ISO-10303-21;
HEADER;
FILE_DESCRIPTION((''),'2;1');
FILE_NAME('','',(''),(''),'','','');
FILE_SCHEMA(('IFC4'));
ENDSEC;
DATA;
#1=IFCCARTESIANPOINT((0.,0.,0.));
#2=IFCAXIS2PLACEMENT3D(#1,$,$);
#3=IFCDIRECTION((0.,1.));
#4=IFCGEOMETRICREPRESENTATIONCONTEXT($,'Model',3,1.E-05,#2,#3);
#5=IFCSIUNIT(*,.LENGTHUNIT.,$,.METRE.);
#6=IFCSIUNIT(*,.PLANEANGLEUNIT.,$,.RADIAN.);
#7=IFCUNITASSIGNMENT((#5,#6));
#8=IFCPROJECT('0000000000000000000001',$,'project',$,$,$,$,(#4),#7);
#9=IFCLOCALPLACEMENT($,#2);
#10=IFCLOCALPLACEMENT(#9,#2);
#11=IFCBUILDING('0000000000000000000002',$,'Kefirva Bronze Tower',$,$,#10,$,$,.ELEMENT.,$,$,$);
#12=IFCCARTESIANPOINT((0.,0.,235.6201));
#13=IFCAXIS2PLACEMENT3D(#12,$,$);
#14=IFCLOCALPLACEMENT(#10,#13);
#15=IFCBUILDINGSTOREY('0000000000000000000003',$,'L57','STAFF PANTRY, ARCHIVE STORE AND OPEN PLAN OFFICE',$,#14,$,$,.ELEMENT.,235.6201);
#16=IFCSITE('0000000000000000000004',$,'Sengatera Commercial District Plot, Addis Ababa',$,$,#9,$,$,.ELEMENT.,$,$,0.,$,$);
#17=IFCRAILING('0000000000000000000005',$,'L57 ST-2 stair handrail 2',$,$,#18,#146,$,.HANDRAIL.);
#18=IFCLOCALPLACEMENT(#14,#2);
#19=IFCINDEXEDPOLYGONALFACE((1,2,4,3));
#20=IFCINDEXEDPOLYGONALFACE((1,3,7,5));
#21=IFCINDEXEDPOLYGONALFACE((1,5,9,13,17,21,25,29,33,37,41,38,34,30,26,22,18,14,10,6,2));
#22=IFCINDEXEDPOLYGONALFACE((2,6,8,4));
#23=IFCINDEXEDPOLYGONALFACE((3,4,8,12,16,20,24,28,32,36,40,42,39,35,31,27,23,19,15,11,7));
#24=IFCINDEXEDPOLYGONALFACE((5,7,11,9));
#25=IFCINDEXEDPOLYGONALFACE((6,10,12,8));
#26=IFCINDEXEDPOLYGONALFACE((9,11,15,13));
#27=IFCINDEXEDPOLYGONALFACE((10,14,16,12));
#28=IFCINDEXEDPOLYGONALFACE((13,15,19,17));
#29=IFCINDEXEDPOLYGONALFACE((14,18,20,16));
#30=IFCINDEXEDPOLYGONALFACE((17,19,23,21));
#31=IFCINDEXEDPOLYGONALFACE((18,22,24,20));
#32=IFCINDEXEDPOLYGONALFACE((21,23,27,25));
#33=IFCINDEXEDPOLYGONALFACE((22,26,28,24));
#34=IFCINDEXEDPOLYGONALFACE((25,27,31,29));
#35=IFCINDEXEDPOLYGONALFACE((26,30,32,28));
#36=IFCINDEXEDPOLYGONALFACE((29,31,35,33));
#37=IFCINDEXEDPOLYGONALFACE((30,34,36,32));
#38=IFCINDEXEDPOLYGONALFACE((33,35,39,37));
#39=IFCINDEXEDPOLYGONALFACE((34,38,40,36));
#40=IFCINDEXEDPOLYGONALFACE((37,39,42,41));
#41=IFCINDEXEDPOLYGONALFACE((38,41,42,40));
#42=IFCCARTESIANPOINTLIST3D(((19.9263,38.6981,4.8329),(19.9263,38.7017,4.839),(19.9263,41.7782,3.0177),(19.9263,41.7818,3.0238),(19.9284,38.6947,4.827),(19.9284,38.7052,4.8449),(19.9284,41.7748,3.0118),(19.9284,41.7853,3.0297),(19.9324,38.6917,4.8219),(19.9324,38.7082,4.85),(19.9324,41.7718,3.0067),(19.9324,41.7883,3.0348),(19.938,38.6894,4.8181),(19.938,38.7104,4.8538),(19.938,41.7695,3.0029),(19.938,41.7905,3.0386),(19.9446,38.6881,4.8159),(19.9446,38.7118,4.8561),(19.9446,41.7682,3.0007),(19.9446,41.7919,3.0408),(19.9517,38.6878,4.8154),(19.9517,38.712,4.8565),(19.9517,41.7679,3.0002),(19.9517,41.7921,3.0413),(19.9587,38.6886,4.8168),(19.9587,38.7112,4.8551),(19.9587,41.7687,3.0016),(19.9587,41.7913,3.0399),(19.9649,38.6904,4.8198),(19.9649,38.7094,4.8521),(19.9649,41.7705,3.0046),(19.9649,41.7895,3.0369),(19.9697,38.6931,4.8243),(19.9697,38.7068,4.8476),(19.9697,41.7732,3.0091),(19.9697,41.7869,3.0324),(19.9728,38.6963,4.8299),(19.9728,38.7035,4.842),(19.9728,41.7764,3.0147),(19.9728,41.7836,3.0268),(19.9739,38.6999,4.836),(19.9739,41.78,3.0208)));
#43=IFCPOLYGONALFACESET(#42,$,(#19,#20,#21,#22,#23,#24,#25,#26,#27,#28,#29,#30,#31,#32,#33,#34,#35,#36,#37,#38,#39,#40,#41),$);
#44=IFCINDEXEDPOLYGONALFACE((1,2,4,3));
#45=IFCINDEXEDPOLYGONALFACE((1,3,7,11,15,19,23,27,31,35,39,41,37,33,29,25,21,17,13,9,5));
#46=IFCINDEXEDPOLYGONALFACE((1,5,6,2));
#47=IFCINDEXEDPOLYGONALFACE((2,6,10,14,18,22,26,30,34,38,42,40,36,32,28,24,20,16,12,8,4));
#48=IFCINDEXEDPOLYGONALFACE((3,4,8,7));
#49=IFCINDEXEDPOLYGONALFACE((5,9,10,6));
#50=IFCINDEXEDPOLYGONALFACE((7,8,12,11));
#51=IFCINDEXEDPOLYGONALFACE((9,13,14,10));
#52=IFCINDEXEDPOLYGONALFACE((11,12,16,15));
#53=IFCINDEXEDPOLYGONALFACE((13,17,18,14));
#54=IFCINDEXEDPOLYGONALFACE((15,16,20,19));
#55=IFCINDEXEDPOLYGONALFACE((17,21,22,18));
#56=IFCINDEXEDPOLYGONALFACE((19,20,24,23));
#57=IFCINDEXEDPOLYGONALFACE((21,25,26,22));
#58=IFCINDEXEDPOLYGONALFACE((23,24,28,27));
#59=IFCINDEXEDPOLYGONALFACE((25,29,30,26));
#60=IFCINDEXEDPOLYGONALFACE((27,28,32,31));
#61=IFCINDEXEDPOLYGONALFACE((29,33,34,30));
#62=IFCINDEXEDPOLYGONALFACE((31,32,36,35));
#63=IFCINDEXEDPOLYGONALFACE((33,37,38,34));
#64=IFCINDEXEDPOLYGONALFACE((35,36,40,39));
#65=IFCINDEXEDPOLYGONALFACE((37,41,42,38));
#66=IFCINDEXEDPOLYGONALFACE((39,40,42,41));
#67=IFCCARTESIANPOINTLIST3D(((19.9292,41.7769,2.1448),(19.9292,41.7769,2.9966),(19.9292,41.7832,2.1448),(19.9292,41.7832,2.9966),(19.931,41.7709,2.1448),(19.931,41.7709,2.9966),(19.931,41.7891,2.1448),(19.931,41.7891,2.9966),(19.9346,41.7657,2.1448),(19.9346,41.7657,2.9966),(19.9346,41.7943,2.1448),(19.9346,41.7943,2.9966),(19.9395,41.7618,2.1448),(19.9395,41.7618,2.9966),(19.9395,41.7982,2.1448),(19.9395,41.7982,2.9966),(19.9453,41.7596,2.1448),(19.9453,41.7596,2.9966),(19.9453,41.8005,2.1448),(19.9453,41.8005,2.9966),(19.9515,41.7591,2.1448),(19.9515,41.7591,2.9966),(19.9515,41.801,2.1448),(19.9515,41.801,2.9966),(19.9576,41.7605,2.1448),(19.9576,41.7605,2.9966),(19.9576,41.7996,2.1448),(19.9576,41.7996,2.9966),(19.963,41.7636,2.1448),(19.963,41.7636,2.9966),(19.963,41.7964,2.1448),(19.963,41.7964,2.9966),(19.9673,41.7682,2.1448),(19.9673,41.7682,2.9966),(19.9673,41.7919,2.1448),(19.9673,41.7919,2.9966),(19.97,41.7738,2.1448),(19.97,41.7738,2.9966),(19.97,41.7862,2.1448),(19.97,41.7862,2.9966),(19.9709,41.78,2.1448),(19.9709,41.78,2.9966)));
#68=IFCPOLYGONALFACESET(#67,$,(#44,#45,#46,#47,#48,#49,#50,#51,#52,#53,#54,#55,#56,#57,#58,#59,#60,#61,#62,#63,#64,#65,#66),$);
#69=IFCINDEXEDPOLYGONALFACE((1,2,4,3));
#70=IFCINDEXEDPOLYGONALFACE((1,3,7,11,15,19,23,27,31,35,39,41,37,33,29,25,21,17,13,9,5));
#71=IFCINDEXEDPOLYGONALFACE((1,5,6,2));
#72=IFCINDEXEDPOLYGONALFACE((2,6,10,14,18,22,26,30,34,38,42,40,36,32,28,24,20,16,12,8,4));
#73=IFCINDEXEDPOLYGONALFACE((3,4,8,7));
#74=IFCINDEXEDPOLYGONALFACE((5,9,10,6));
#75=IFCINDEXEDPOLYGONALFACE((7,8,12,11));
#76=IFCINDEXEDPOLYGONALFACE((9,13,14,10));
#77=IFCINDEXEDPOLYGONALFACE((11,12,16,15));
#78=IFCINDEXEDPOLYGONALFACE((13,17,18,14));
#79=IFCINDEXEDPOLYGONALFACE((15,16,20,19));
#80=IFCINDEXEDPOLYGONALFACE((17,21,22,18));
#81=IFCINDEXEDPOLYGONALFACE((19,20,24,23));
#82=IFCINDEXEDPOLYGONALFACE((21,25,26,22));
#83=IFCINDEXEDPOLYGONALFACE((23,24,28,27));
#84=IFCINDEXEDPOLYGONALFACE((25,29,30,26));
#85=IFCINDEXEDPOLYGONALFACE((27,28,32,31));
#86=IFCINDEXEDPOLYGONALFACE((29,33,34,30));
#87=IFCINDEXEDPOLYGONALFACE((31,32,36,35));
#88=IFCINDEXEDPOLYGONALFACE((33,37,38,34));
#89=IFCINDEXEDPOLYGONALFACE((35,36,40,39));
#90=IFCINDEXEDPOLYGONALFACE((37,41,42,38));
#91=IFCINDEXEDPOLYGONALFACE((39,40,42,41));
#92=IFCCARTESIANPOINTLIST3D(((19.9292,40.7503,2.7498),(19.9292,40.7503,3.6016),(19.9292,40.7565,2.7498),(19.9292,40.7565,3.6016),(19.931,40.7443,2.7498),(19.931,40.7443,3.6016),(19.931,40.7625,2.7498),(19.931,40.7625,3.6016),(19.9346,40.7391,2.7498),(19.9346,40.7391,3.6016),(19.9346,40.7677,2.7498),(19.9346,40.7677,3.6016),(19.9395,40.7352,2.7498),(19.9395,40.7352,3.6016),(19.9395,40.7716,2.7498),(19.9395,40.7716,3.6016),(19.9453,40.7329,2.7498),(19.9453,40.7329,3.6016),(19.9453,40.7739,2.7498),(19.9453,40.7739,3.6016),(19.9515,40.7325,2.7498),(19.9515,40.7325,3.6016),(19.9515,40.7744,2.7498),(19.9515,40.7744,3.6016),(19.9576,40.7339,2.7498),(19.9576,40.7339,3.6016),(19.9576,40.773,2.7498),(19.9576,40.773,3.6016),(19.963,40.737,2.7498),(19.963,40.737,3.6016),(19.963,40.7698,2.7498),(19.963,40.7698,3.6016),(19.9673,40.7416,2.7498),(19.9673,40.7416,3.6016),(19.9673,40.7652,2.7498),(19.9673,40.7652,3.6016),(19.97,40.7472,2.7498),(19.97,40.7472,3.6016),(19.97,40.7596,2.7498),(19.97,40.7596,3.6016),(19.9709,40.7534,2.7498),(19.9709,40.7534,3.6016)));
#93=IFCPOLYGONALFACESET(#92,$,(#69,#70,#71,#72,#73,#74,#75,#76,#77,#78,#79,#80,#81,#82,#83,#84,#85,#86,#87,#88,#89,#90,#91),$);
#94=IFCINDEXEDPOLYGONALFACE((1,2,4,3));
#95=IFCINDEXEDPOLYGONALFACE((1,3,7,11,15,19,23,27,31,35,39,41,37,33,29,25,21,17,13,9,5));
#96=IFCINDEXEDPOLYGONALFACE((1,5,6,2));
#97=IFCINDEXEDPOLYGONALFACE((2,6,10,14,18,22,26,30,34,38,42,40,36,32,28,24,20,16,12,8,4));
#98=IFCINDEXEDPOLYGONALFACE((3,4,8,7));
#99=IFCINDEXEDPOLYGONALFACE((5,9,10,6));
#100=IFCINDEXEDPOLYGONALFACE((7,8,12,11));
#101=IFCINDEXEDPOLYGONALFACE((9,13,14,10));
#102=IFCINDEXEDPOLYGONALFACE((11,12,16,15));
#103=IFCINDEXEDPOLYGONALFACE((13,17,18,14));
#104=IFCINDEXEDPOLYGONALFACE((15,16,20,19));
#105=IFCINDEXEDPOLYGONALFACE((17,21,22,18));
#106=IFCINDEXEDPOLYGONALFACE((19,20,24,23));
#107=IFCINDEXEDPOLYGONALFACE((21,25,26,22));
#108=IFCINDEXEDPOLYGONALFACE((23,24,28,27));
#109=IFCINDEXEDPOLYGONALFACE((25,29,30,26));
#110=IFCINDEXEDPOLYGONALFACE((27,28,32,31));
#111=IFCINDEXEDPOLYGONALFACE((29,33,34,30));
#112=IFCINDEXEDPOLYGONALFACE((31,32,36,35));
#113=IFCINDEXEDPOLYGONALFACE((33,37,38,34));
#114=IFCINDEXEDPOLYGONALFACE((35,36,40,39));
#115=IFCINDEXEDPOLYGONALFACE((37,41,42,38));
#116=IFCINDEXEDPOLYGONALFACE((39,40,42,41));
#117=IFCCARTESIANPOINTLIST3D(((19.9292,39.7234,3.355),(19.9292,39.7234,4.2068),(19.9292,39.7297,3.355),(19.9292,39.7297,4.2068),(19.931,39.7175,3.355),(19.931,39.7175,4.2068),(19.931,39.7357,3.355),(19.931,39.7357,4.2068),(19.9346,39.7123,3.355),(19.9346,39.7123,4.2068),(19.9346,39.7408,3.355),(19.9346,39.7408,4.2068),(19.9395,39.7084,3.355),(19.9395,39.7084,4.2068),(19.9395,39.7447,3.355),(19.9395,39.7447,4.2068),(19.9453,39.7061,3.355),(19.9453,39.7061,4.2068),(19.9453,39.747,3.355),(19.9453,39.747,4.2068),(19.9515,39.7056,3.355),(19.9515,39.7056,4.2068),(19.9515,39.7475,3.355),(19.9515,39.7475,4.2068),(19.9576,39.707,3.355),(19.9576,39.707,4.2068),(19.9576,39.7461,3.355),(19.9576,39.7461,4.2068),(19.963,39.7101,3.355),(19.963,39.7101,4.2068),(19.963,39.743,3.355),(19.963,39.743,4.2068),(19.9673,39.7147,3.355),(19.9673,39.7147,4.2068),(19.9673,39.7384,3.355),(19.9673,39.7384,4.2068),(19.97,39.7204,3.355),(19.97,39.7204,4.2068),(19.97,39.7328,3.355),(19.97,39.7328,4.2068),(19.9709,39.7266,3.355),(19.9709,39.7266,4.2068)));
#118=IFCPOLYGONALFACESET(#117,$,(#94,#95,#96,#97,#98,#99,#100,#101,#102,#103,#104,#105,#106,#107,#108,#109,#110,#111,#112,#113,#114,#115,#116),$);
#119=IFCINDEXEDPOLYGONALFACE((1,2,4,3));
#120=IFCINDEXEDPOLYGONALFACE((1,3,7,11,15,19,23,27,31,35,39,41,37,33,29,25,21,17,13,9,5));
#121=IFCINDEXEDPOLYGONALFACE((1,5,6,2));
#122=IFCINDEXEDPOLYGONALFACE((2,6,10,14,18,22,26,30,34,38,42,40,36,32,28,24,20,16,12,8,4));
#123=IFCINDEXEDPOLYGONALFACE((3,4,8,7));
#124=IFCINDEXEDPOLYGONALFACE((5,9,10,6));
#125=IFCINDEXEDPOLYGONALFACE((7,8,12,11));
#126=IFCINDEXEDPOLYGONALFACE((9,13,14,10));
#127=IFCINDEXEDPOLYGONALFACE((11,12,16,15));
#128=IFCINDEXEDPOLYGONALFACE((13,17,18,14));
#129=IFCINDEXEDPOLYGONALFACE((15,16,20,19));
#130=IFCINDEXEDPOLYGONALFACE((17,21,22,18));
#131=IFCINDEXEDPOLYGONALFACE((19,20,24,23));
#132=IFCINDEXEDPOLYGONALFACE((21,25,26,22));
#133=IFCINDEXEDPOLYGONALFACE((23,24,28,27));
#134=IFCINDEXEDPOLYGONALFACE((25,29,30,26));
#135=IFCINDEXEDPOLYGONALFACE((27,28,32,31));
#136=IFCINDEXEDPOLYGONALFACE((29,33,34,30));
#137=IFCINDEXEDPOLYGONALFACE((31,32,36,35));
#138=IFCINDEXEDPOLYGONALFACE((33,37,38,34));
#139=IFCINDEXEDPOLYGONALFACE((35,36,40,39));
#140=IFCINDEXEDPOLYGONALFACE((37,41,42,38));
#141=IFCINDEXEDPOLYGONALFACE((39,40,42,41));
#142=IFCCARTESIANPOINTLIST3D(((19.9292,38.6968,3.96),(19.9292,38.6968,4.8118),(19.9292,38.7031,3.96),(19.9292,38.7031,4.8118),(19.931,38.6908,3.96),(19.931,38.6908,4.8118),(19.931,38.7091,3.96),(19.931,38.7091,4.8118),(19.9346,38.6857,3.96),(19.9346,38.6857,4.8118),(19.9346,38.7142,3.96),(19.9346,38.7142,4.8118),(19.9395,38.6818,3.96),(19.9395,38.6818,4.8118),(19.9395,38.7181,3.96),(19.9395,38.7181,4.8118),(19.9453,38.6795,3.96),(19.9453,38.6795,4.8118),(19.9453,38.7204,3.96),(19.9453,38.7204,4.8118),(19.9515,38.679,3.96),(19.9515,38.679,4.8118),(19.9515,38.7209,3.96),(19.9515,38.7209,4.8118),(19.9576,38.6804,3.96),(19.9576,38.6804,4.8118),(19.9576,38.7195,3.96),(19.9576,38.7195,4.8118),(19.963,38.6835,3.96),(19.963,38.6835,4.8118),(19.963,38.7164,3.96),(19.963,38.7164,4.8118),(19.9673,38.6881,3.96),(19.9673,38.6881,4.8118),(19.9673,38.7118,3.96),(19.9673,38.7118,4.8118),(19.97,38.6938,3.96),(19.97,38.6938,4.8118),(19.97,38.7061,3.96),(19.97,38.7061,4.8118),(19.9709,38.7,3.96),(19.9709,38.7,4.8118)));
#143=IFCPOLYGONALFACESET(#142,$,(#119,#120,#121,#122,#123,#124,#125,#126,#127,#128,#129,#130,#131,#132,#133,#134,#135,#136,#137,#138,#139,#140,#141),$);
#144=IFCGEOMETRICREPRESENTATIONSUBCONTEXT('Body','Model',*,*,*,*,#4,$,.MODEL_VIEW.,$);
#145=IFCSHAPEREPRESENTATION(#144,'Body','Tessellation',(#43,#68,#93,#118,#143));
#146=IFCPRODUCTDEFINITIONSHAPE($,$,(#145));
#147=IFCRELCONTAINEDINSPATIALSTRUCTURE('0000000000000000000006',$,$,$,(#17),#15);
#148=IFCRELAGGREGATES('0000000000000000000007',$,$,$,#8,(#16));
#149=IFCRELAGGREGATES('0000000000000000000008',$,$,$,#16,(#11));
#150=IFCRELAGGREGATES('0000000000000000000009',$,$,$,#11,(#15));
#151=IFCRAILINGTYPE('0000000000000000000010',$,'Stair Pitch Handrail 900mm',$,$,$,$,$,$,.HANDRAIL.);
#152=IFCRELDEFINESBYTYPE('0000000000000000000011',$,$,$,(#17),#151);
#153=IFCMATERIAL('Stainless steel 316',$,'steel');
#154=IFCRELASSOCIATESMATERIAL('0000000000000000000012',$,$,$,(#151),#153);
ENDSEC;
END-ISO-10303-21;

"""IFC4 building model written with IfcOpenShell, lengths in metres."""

from ifc_helpers import new_model, si_unit, direction, frame, origin, origin_2d, place, context, subcontext, project, spatial, circle, extrude, material, type_object, element, save


model = new_model("IFC4")

# Units and contexts
model_context = context("Model", 3, precision=1e-05, world=origin(), true_north=direction((0.0, 1.0)))
body_context = subcontext(model_context, "Body", "Model", "MODEL_VIEW")
ifc_project = project(units=[si_unit("LENGTHUNIT", "METRE"), si_unit("PLANEANGLEUNIT", "RADIAN")], contexts=[model_context])

# Site, building, storey
site_placement = place(None, origin())
site = spatial("IfcSite", under=ifc_project, at=site_placement, Name="Sengatera Commercial District Plot, Addis Ababa", CompositionType="ELEMENT", RefElevation=0.0)
building_placement = place(site_placement, origin())
building = spatial("IfcBuilding", under=site, at=building_placement, Name="Kefirva Bronze Tower", CompositionType="ELEMENT")
storey_placement = place(building_placement, frame((0.0, 0.0, 235.6201)))
storey = spatial("IfcBuildingStorey", under=building, at=storey_placement, Name="L57", Description="STAFF PANTRY, ARCHIVE STORE AND OPEN PLAN OFFICE", CompositionType="ELEMENT", Elevation=235.6201)

# Shared definitions
ifc_material_1 = material(Name="Stainless steel 316", Category="steel")

# Railing
railing_type_1 = type_object("IfcRailingType", Name="Stair Pitch Handrail 900mm", PredefinedType="HANDRAIL", material=ifc_material_1)
railing_1_placement = place(storey_placement, frame((19.95, 41.78, 2.1448)))
element("IfcRailing", 1, at=railing_1_placement, inside=storey, type_object=railing_type_1, Name="L57 ST-2 stair handrail 2", PredefinedType="HANDRAIL", context=body_context, shape_type="SweptSolid", body=[
    extrude(circle(Radius=0.0239, at=origin_2d()), frame((0.0, 0.0, 0.876), z_axis=(0.0, -0.861521, 0.507721), x_axis=(1.0, 0.0, 0.0)), (0.0, 0.0, 1.0), 3.5752),
    extrude(circle(Radius=0.021, at=origin_2d()), origin(), (0.0, 0.0, 1.0), 0.8518),
    extrude(circle(Radius=0.021, at=origin_2d()), frame((0.0, -1.0266, 0.605)), (0.0, 0.0, 1.0), 0.8518),
    extrude(circle(Radius=0.021, at=origin_2d()), frame((0.0, -2.0535, 1.2102)), (0.0, 0.0, 1.0), 0.8518),
    extrude(circle(Radius=0.021, at=origin_2d()), frame((0.0, -3.0801, 1.8152)), (0.0, 0.0, 1.0), 0.8518),
])

save(model, "model.ifc")
